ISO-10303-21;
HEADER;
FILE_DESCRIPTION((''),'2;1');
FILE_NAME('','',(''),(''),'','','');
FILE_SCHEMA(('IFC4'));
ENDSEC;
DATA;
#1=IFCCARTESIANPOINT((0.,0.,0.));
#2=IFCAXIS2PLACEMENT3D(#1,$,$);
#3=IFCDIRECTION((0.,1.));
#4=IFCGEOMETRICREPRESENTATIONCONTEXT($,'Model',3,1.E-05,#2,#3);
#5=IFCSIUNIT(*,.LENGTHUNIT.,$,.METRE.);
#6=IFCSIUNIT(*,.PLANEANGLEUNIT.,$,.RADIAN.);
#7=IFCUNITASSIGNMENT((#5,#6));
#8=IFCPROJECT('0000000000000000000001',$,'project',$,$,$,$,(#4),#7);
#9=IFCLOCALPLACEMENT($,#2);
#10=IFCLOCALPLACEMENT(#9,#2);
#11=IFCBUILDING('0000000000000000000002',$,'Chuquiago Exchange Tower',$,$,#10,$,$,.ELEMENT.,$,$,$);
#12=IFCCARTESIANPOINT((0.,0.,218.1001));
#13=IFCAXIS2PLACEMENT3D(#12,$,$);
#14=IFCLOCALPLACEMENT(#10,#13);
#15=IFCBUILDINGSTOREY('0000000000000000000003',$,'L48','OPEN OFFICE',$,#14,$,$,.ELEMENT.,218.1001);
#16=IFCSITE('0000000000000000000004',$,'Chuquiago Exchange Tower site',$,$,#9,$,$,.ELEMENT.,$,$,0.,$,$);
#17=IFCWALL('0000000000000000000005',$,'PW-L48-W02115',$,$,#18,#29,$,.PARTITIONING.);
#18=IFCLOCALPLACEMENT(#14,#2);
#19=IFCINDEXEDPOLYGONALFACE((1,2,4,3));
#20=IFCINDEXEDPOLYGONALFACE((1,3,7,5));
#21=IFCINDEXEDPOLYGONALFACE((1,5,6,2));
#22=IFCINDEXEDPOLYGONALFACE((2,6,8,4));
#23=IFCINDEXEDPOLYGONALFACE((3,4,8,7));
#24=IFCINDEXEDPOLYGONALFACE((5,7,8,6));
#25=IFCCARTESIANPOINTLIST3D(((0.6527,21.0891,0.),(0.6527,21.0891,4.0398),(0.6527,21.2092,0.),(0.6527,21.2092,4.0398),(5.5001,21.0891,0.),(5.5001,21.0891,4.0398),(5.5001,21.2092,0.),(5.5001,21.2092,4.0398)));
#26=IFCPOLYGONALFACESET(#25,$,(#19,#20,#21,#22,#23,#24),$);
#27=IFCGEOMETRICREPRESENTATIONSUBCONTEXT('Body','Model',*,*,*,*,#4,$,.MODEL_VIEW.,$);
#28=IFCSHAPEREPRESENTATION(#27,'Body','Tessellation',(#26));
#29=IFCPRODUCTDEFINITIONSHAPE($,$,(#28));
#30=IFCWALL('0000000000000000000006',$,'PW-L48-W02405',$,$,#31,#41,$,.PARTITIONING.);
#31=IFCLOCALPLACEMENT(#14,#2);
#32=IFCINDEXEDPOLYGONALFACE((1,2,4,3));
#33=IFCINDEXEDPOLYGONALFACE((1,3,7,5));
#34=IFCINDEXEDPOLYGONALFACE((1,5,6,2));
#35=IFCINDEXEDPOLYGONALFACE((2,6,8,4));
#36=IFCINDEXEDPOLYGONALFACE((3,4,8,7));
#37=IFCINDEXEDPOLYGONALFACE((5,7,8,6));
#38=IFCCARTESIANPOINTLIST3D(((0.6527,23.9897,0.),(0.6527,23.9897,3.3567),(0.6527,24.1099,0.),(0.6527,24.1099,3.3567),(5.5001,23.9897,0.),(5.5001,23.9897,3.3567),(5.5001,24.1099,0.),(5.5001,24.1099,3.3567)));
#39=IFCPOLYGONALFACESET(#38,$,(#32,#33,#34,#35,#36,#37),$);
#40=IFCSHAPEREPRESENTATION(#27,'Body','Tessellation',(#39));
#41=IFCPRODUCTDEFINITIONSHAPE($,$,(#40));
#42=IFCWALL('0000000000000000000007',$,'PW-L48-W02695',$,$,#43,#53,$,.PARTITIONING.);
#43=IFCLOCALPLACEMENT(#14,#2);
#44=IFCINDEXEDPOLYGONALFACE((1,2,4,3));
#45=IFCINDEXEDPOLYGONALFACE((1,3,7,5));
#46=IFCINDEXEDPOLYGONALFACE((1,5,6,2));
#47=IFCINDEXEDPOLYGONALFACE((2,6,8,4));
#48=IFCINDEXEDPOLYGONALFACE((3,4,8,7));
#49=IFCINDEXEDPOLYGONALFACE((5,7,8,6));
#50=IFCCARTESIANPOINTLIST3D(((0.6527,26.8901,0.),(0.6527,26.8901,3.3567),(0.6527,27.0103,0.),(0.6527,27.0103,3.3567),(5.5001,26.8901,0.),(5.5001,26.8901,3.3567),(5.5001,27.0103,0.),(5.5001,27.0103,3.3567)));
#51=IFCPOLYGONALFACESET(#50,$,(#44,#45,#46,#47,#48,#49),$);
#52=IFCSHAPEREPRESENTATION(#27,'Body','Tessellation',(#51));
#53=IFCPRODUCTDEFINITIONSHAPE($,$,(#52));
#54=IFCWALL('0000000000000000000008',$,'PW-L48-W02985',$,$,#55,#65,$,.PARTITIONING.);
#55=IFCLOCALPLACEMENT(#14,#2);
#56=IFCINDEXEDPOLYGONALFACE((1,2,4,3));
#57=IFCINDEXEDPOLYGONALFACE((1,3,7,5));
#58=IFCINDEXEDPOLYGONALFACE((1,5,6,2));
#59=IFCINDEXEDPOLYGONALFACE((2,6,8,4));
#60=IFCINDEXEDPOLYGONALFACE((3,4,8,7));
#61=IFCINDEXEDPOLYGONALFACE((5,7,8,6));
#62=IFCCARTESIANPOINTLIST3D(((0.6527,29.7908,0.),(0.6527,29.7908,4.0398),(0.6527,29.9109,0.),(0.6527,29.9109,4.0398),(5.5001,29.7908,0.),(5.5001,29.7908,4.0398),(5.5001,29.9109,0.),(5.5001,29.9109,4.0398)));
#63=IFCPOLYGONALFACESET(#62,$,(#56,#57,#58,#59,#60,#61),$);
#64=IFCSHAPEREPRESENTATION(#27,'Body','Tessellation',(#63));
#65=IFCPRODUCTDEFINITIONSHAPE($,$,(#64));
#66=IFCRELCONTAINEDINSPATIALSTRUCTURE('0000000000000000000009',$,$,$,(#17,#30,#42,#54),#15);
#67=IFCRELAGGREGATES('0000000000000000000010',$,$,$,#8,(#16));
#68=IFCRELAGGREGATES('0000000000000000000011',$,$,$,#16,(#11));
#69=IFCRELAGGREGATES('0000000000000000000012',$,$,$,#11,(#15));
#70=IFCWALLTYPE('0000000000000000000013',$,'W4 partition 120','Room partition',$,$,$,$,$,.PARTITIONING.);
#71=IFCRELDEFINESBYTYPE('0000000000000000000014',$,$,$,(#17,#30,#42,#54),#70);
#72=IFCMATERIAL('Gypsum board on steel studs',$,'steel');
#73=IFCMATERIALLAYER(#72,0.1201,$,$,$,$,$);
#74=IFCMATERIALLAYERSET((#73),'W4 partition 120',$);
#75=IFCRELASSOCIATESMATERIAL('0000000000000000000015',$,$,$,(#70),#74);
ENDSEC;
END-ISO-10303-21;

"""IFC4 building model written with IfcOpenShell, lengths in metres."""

from ifc_helpers import new_model, si_unit, direction, frame, frame_2d, origin, place, context, subcontext, project, spatial, rectangle, extrude, material, layer, layer_set, type_object, element, save


model = new_model("IFC4")

# Units and contexts
model_context = context("Model", 3, precision=1e-05, world=origin(), true_north=direction((0.0, 1.0)))
body_context = subcontext(model_context, "Body", "Model", "MODEL_VIEW")
ifc_project = project(units=[si_unit("LENGTHUNIT", "METRE"), si_unit("PLANEANGLEUNIT", "RADIAN")], contexts=[model_context])

# Site, building, storey
site_placement = place(None, origin())
site = spatial("IfcSite", under=ifc_project, at=site_placement, Name="Chuquiago Exchange Tower site", CompositionType="ELEMENT", RefElevation=0.0)
building_placement = place(site_placement, origin())
building = spatial("IfcBuilding", under=site, at=building_placement, Name="Chuquiago Exchange Tower", CompositionType="ELEMENT")
storey_placement = place(building_placement, frame((0.0, 0.0, 218.1001)))
storey = spatial("IfcBuildingStorey", under=building, at=storey_placement, Name="L48", Description="OPEN OFFICE", CompositionType="ELEMENT", Elevation=218.1001)

# Walls
ifc_material_1 = material(Name="Gypsum board on steel studs", Category="steel")
ifc_layer_1 = layer(ifc_material_1, 0.1201)
ifc_layer_set_1 = layer_set([ifc_layer_1], Name="W4 partition 120")
wall_type = type_object("IfcWallType", Name="W4 partition 120", Description="Room partition", PredefinedType="PARTITIONING", material=ifc_layer_set_1)
wall_1_placement = place(storey_placement, frame((0.6526, 21.1492, 0.0), z_axis=(0.0, 0.0, 1.0), x_axis=(1.0, 0.0, 0.0)))
element("IfcWall", 1, at=wall_1_placement, inside=storey, type_object=wall_type, Name="PW-L48-W02115", PredefinedType="PARTITIONING", context=body_context, shape_type="SweptSolid", body=[
    extrude(rectangle(XDim=4.8474, YDim=0.1201, at=frame_2d((2.4238, 0.0))), origin(), (0.0, 0.0, 1.0), 4.0398),
])
for number, where, z_axis, x_axis, name in (
    (2, (0.6526, 24.0498, 0.0), (0.0, 0.0, 1.0), (1.0, 0.0, 0.0), "PW-L48-W02405"),
    (3, (0.6526, 26.9502, 0.0), (0.0, 0.0, 1.0), (1.0, 0.0, 0.0), "PW-L48-W02695"),
):
    element("IfcWall", number, at=place(storey_placement, frame(where, z_axis=z_axis, x_axis=x_axis)), inside=storey, type_object=wall_type, Name=name, PredefinedType="PARTITIONING", context=body_context, shape_type="SweptSolid", body=[
        extrude(rectangle(XDim=4.8474, YDim=0.1201, at=frame_2d((2.4238, 0.0))), origin(), (0.0, 0.0, 1.0), 3.3567),
    ])
wall_2_placement = place(storey_placement, frame((0.6526, 29.8508, 0.0), z_axis=(0.0, 0.0, 1.0), x_axis=(1.0, 0.0, 0.0)))
element("IfcWall", 4, at=wall_2_placement, inside=storey, type_object=wall_type, Name="PW-L48-W02985", PredefinedType="PARTITIONING", context=body_context, shape_type="SweptSolid", body=[
    extrude(rectangle(XDim=4.8474, YDim=0.1201, at=frame_2d((2.4238, 0.0))), origin(), (0.0, 0.0, 1.0), 4.0398),
])

save(model, "model.ifc")
